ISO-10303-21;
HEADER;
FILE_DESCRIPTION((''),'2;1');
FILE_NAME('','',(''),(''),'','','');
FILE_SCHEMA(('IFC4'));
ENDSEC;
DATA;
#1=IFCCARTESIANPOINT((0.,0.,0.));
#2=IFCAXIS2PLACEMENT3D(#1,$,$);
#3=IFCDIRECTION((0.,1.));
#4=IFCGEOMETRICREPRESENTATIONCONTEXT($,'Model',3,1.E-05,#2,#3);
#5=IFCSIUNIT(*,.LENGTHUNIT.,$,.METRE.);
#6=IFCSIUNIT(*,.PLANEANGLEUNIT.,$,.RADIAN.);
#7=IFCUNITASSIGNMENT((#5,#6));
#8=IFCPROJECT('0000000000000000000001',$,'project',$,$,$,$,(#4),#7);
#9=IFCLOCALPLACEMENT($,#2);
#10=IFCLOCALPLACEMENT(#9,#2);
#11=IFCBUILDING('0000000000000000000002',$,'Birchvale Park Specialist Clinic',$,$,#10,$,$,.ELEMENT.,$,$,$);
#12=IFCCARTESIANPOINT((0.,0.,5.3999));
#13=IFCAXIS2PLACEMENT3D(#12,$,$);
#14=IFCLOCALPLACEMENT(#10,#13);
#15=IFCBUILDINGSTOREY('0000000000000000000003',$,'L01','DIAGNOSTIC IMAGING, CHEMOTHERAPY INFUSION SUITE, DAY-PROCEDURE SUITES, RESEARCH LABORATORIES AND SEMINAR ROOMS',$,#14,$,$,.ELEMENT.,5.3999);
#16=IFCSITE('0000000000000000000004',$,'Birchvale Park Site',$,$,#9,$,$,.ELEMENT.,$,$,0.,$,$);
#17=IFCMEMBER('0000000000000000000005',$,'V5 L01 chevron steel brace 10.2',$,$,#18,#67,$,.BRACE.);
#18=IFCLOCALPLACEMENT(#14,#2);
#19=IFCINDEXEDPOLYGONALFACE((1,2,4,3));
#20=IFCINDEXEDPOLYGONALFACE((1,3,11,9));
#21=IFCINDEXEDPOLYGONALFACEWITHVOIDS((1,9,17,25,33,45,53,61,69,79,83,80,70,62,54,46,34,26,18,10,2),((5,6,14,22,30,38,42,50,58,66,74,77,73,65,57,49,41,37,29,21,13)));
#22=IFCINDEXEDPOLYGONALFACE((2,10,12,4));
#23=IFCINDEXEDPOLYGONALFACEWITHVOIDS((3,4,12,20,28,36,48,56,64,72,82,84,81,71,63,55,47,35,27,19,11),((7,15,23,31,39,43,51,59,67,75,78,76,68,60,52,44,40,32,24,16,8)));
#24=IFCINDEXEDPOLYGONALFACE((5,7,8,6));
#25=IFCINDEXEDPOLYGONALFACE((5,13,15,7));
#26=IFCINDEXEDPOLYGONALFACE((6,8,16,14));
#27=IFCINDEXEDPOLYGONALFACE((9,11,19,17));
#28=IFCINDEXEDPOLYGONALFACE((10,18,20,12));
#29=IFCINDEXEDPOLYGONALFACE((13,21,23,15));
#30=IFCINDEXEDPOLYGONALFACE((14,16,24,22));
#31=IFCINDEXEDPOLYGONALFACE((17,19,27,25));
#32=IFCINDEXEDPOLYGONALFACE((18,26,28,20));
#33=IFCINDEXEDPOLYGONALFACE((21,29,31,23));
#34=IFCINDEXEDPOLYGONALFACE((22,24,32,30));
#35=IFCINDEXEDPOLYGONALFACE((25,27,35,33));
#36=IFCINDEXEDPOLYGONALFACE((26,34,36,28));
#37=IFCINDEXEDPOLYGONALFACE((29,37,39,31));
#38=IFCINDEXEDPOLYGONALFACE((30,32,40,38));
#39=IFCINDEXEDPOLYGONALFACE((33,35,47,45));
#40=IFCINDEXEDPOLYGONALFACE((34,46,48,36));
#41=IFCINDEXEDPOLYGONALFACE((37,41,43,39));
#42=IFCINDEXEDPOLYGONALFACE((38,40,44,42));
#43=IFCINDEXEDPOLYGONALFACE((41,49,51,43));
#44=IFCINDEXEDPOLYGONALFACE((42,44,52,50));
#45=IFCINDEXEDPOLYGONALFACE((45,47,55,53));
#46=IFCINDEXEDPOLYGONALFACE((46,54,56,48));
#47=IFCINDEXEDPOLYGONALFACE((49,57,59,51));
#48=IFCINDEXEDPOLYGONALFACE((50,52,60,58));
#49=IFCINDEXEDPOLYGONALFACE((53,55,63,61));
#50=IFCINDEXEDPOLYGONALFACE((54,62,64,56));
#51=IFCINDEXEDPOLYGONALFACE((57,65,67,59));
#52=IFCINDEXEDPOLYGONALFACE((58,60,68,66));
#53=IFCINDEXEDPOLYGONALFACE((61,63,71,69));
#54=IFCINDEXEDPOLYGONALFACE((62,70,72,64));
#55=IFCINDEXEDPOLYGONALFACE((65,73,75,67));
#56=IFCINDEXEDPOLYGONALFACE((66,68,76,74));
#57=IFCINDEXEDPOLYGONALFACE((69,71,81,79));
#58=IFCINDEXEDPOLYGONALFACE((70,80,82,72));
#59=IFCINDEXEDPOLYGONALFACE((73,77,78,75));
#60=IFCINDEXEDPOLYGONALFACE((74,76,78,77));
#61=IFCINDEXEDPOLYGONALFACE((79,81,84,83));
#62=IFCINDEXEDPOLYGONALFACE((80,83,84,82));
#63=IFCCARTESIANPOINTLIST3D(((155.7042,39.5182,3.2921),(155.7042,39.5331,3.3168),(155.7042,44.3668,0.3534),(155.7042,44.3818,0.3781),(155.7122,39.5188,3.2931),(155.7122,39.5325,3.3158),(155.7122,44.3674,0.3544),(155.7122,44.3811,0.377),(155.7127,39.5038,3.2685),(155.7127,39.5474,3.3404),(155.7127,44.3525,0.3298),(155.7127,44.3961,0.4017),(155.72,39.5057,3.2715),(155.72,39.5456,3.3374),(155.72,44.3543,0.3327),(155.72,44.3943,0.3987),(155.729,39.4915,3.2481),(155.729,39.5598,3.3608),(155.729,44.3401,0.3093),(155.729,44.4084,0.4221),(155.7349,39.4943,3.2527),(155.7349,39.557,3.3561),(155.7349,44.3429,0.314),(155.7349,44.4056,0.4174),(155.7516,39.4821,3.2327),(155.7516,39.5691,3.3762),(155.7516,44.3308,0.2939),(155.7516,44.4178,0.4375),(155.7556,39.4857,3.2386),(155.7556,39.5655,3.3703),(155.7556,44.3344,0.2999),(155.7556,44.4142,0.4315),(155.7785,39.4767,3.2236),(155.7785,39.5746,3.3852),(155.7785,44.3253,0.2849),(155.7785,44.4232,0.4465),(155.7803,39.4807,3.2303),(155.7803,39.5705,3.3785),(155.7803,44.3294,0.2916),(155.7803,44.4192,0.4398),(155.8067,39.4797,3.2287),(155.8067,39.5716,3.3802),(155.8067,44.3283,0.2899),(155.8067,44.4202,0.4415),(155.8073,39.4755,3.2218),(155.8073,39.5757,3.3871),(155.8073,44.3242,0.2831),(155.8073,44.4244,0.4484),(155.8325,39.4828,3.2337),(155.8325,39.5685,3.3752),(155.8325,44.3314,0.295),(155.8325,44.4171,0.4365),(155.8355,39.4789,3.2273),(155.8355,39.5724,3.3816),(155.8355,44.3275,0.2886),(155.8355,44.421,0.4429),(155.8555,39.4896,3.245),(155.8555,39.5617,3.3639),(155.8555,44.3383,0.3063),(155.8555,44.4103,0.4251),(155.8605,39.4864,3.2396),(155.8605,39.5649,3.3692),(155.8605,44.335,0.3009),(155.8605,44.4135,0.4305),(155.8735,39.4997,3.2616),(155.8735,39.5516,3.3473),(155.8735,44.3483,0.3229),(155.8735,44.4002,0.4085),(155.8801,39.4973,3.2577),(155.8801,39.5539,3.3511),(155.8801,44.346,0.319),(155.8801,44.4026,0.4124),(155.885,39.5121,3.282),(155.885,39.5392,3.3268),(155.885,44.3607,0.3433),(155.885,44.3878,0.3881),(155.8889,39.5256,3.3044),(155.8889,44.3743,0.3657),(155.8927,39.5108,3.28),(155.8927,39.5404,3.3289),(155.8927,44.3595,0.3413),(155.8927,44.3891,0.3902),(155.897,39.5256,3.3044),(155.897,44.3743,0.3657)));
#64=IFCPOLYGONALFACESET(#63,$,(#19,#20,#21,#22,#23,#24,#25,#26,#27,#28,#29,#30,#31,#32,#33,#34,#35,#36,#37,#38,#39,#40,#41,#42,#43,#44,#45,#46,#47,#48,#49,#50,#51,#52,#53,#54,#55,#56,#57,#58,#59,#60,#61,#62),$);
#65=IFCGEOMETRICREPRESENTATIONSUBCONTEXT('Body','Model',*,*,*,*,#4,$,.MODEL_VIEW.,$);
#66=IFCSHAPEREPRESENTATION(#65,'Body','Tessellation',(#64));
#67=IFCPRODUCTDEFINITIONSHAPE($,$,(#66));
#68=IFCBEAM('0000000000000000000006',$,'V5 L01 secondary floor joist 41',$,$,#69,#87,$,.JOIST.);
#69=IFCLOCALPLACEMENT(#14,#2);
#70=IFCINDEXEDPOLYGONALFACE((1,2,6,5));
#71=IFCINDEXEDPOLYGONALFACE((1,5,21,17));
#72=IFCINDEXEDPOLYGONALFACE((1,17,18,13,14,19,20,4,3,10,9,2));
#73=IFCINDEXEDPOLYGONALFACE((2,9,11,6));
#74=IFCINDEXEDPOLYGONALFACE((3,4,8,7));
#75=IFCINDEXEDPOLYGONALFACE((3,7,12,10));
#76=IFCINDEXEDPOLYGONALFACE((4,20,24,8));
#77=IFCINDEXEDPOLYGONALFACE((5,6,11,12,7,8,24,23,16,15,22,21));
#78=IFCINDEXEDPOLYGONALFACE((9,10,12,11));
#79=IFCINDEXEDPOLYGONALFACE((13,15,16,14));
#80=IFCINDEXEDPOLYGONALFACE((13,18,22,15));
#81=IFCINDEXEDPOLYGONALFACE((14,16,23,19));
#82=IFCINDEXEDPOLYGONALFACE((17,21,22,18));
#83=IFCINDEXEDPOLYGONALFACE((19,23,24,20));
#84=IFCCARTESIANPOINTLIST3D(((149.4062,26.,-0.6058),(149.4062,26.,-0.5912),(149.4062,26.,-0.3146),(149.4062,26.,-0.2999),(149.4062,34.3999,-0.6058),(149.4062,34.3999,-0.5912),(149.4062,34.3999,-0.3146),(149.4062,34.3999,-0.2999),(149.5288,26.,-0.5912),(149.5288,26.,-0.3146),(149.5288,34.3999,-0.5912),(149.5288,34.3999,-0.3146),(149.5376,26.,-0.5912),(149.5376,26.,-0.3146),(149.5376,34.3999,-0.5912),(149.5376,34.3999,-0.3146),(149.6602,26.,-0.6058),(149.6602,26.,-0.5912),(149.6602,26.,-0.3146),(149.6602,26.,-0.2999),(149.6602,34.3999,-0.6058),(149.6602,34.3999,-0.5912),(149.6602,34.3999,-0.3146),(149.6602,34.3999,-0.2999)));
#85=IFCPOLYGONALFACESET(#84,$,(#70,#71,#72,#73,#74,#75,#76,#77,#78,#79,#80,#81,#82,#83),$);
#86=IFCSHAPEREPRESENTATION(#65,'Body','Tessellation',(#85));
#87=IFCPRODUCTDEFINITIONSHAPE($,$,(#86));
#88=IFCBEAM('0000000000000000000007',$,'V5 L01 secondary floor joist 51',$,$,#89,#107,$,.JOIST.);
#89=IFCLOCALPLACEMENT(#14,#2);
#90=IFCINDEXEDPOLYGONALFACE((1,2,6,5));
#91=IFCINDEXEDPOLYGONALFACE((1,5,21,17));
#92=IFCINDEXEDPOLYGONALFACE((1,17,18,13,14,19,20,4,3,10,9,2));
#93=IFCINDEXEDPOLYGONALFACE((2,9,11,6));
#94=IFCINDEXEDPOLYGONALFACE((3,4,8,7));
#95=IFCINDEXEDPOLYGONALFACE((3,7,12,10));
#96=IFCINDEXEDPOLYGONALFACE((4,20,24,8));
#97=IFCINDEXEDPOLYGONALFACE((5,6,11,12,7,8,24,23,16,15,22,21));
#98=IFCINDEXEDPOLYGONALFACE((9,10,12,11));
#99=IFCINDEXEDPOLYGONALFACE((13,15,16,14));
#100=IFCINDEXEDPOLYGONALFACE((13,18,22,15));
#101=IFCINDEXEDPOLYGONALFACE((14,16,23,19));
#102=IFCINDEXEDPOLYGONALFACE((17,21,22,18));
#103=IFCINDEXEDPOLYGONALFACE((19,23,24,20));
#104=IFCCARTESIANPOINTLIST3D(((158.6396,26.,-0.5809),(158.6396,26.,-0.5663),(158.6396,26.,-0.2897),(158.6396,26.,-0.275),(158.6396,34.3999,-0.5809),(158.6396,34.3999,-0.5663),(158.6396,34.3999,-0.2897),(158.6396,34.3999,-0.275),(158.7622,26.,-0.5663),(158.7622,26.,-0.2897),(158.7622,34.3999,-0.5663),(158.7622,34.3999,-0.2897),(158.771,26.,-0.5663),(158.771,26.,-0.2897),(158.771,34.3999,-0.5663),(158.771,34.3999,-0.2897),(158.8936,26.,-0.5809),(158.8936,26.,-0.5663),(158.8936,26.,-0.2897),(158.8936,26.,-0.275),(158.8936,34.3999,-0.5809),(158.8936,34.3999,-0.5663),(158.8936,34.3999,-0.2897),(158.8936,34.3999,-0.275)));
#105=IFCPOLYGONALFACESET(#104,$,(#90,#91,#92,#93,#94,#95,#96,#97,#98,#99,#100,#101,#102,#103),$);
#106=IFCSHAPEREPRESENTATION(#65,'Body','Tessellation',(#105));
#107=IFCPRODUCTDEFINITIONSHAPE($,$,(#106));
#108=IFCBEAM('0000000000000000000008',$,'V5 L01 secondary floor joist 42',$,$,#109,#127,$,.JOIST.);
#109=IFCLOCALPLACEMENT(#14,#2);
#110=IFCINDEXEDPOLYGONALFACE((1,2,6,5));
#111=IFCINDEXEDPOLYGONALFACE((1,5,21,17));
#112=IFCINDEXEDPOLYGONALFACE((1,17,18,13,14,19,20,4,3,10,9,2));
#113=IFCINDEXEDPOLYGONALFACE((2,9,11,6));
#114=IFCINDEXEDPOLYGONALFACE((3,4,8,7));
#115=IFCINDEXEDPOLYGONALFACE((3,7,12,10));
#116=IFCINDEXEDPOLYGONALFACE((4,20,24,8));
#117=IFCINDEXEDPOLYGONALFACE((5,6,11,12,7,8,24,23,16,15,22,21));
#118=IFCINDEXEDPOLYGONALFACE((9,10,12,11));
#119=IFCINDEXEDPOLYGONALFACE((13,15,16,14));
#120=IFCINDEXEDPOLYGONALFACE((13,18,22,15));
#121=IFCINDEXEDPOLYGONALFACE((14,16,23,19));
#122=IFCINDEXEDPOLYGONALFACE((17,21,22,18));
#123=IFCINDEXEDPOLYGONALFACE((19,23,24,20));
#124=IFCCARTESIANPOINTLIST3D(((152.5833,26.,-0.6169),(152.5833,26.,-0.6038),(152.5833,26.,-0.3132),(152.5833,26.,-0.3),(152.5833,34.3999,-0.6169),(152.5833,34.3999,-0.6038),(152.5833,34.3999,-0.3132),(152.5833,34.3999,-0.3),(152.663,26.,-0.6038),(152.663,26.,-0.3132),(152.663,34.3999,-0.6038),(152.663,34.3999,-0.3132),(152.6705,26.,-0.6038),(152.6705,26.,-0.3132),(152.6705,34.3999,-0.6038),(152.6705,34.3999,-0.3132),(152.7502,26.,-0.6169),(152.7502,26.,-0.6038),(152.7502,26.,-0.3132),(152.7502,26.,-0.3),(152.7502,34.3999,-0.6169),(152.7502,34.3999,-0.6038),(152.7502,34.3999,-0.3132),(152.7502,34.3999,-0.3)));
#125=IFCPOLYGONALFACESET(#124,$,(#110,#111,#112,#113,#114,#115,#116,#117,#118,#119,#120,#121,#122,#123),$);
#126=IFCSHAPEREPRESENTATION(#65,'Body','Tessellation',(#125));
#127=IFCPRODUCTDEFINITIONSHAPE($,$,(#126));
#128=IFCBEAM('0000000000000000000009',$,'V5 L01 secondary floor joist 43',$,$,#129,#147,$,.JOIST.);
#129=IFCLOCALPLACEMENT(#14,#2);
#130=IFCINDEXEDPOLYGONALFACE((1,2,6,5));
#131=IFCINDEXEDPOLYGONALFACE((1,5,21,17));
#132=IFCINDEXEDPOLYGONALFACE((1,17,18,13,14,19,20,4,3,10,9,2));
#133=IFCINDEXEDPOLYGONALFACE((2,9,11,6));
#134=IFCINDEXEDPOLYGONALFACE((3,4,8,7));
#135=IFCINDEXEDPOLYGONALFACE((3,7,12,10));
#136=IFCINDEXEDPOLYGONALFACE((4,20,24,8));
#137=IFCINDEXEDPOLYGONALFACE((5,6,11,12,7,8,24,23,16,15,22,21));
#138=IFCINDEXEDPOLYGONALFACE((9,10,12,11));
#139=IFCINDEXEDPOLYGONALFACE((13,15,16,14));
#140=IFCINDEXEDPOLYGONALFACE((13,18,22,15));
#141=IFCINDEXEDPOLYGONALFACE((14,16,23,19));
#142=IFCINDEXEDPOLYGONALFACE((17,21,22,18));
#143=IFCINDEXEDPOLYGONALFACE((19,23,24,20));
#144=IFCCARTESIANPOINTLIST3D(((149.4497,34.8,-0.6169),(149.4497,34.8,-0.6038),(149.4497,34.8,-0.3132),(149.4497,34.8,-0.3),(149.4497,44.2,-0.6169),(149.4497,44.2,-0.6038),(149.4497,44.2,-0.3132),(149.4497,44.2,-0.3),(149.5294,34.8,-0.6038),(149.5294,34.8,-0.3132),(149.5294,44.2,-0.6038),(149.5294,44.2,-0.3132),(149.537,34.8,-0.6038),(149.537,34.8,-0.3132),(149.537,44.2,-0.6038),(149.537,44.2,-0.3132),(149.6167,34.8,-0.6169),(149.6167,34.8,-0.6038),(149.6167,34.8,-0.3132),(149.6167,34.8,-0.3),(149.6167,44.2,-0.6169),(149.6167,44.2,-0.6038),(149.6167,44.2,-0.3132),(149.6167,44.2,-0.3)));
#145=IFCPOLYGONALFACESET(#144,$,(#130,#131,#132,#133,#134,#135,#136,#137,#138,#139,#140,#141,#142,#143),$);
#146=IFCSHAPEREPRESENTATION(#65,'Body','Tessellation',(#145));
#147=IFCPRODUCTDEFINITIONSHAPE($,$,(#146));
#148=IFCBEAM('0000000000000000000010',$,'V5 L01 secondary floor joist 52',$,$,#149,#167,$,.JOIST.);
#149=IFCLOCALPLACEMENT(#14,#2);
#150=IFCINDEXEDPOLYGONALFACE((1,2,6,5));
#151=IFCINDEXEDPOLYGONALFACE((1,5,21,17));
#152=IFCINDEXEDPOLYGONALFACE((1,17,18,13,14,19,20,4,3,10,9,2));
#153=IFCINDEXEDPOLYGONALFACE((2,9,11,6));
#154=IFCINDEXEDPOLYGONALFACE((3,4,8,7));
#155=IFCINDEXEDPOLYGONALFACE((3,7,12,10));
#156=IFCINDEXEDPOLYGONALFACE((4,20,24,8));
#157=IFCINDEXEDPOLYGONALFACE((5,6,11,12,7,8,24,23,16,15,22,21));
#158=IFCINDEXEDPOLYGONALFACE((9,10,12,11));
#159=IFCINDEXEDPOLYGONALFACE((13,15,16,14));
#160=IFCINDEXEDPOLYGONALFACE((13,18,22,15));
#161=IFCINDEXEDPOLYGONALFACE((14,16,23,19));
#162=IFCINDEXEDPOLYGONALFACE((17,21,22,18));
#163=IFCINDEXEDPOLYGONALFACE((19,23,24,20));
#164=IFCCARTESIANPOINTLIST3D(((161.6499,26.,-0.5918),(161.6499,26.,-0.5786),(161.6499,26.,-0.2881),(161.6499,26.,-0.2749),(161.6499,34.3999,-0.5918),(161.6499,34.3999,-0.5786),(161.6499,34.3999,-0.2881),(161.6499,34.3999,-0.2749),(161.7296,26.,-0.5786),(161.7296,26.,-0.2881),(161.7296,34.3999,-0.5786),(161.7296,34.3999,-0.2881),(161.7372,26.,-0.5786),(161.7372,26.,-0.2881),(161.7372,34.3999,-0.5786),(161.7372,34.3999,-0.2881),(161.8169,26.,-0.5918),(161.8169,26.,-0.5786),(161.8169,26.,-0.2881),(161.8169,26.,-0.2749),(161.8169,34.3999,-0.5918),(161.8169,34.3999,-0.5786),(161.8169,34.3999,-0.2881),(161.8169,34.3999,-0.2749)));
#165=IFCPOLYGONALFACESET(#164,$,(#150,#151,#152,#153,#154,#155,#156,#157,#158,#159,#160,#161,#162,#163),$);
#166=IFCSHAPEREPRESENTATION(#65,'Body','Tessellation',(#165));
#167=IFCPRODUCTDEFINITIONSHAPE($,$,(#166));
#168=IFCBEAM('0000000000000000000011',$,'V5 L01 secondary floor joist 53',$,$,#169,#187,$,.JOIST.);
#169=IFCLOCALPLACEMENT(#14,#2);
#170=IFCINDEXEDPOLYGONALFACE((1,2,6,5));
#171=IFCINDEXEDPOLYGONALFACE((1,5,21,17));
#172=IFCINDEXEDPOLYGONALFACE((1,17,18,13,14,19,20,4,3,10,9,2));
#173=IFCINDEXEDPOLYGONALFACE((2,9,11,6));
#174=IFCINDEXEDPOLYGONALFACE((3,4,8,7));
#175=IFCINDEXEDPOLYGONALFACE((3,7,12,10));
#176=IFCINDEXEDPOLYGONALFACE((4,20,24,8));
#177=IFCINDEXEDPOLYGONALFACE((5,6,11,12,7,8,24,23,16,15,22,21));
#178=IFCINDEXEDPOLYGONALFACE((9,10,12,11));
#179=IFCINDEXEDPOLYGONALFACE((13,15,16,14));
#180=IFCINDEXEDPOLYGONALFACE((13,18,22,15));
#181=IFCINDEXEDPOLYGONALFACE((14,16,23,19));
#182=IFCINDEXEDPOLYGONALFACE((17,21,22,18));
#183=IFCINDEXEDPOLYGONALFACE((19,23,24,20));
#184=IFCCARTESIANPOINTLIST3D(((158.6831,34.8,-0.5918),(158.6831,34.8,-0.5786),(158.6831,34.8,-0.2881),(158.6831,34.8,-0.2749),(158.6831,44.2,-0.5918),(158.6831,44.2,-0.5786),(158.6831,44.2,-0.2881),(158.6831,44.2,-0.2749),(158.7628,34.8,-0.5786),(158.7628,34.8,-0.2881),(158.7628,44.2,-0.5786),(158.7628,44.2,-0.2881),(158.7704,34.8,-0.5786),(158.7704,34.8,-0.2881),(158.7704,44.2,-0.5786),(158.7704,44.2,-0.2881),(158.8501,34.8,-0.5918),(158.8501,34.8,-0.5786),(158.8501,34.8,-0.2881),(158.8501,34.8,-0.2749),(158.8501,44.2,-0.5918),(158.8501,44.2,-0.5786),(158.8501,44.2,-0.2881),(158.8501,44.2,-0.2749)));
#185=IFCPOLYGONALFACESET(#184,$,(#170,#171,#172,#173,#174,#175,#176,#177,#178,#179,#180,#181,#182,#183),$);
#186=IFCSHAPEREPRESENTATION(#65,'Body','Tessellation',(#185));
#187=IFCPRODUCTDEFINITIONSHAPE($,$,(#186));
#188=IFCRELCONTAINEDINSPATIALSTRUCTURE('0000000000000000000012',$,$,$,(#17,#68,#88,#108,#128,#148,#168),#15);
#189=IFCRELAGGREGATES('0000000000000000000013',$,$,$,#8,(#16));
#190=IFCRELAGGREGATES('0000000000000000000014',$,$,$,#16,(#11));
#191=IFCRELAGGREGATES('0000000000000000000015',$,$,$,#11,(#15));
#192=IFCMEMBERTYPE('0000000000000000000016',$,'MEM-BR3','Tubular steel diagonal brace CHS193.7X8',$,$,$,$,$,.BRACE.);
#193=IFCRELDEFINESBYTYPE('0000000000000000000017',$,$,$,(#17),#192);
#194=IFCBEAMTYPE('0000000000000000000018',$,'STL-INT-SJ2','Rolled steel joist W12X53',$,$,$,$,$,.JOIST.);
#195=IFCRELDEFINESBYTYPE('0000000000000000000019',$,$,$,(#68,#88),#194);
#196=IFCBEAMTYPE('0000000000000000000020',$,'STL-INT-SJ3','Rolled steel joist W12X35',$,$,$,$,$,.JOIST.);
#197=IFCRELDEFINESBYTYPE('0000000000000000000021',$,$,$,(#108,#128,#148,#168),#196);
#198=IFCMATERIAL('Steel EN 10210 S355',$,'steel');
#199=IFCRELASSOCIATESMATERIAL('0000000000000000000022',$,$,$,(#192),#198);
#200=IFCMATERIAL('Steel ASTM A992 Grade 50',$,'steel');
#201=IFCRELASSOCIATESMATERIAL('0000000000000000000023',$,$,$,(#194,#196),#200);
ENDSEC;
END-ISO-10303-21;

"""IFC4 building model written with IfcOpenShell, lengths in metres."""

from ifc_helpers import new_model, si_unit, direction, frame, origin, origin_2d, place, context, subcontext, project, spatial, hollow_circle, i_section, extrude, material, material_profile, profile_set, type_object, element, save


model = new_model("IFC4")

# Units and contexts
model_context = context("Model", 3, precision=1e-05, world=origin(), true_north=direction((0.0, 1.0)))
body_context = subcontext(model_context, "Body", "Model", "MODEL_VIEW")
ifc_project = project(units=[si_unit("LENGTHUNIT", "METRE"), si_unit("PLANEANGLEUNIT", "RADIAN")], contexts=[model_context])

# Site, building, storey
site_placement = place(None, origin())
site = spatial("IfcSite", under=ifc_project, at=site_placement, Name="Birchvale Park Site", CompositionType="ELEMENT", RefElevation=0.0)
building_placement = place(site_placement, origin())
building = spatial("IfcBuilding", under=site, at=building_placement, Name="Birchvale Park Specialist Clinic", CompositionType="ELEMENT")
storey_placement = place(building_placement, frame((0.0, 0.0, 5.3999)))
storey = spatial("IfcBuildingStorey", under=building, at=storey_placement, Name="L01", Description="DIAGNOSTIC IMAGING, CHEMOTHERAPY INFUSION SUITE, DAY-PROCEDURE SUITES, RESEARCH LABORATORIES AND SEMINAR ROOMS", CompositionType="ELEMENT", Elevation=5.3999)

# Member
ifc_material_1 = material(Name="Steel EN 10210 S355", Category="steel")
ifc_material_profile_1 = material_profile(ifc_material_1, hollow_circle(Radius=0.0969, WallThickness=0.0081, at=origin_2d()), Name="CHS193.7X8")
ifc_profile_set_1 = profile_set([ifc_material_profile_1], Name="Steel EN 10210 S355")
member_type = type_object("IfcMemberType", Name="MEM-BR3", Description="Tubular steel diagonal brace CHS193.7X8", PredefinedType="BRACE", material=ifc_profile_set_1)
for number, where, z_axis, x_axis, name in (
    (1, (155.8, 44.3743, 0.3657), (0.0, -0.855186, 0.518322), (1.0, 0.0, 0.0), "V5 L01 chevron steel brace 10.2"),
):
    element("IfcMember", number, at=place(storey_placement, frame(where, z_axis=z_axis, x_axis=x_axis)), inside=storey, type_object=member_type, Name=name, PredefinedType="BRACE", context=body_context, shape_type="SweptSolid", body=[
        extrude(hollow_circle(Radius=0.0969, WallThickness=0.0081, at=origin_2d()), origin(), (0.0, 0.0, 1.0), 5.6697),
    ])

# Beams
ifc_material_2 = material(Name="Steel ASTM A992 Grade 50", Category="steel")
ifc_material_profile_2 = material_profile(ifc_material_2, i_section(OverallWidth=0.2539, OverallDepth=0.3059, WebThickness=0.0088, FlangeThickness=0.0146, at=origin_2d()), Name="W12X53")
ifc_profile_set_2 = profile_set([ifc_material_profile_2], Name="Steel ASTM A992 Grade 50")
beam_type_1 = type_object("IfcBeamType", Name="STL-INT-SJ2", Description="Rolled steel joist W12X53", PredefinedType="JOIST", material=ifc_profile_set_2)
for number, where, z_axis, x_axis, name in (
    (2, (149.5332, 26.0, -0.4529), (0.0, 1.0, 0.0), (-1.0, 0.0, 0.0), "V5 L01 secondary floor joist 41"),
    (3, (158.7666, 26.0, -0.428), (0.0, 1.0, 0.0), (-1.0, 0.0, 0.0), "V5 L01 secondary floor joist 51"),
):
    element("IfcBeam", number, at=place(storey_placement, frame(where, z_axis=z_axis, x_axis=x_axis)), inside=storey, type_object=beam_type_1, Name=name, PredefinedType="JOIST", context=body_context, shape_type="SweptSolid", body=[
        extrude(i_section(OverallWidth=0.2539, OverallDepth=0.3059, WebThickness=0.0088, FlangeThickness=0.0146, at=origin_2d()), origin(), (0.0, 0.0, 1.0), 8.3999),
    ])
ifc_material_profile_3 = material_profile(ifc_material_2, i_section(OverallWidth=0.167, OverallDepth=0.3169, WebThickness=0.0076, FlangeThickness=0.0132, at=origin_2d()), Name="W12X35")
ifc_profile_set_3 = profile_set([ifc_material_profile_3], Name="Steel ASTM A992 Grade 50")
beam_type_2 = type_object("IfcBeamType", Name="STL-INT-SJ3", Description="Rolled steel joist W12X35", PredefinedType="JOIST", material=ifc_profile_set_3)
beam_1_placement = place(storey_placement, frame((152.6667, 26.0, -0.4585), z_axis=(0.0, 1.0, 0.0), x_axis=(-1.0, 0.0, 0.0)))
element("IfcBeam", 4, at=beam_1_placement, inside=storey, type_object=beam_type_2, Name="V5 L01 secondary floor joist 42", PredefinedType="JOIST", context=body_context, shape_type="SweptSolid", body=[
    extrude(i_section(OverallWidth=0.167, OverallDepth=0.3169, WebThickness=0.0076, FlangeThickness=0.0132, at=origin_2d()), origin(), (0.0, 0.0, 1.0), 8.3999),
])
beam_2_placement = place(storey_placement, frame((149.5332, 34.8, -0.4585), z_axis=(0.0, 1.0, 0.0), x_axis=(-1.0, 0.0, 0.0)))
element("IfcBeam", 5, at=beam_2_placement, inside=storey, type_object=beam_type_2, Name="V5 L01 secondary floor joist 43", PredefinedType="JOIST", context=body_context, shape_type="SweptSolid", body=[
    extrude(i_section(OverallWidth=0.167, OverallDepth=0.3169, WebThickness=0.0076, FlangeThickness=0.0132, at=origin_2d()), origin(), (0.0, 0.0, 1.0), 9.3999),
])
beam_3_placement = place(storey_placement, frame((161.7334, 26.0, -0.4333), z_axis=(0.0, 1.0, 0.0), x_axis=(-1.0, 0.0, 0.0)))
element("IfcBeam", 6, at=beam_3_placement, inside=storey, type_object=beam_type_2, Name="V5 L01 secondary floor joist 52", PredefinedType="JOIST", context=body_context, shape_type="SweptSolid", body=[
    extrude(i_section(OverallWidth=0.167, OverallDepth=0.3169, WebThickness=0.0076, FlangeThickness=0.0132, at=origin_2d()), origin(), (0.0, 0.0, 1.0), 8.3999),
])
beam_4_placement = place(storey_placement, frame((158.7666, 34.8, -0.4333), z_axis=(0.0, 1.0, 0.0), x_axis=(-1.0, 0.0, 0.0)))
element("IfcBeam", 7, at=beam_4_placement, inside=storey, type_object=beam_type_2, Name="V5 L01 secondary floor joist 53", PredefinedType="JOIST", context=body_context, shape_type="SweptSolid", body=[
    extrude(i_section(OverallWidth=0.167, OverallDepth=0.3169, WebThickness=0.0076, FlangeThickness=0.0132, at=origin_2d()), origin(), (0.0, 0.0, 1.0), 9.3999),
])

save(model, "model.ifc")
